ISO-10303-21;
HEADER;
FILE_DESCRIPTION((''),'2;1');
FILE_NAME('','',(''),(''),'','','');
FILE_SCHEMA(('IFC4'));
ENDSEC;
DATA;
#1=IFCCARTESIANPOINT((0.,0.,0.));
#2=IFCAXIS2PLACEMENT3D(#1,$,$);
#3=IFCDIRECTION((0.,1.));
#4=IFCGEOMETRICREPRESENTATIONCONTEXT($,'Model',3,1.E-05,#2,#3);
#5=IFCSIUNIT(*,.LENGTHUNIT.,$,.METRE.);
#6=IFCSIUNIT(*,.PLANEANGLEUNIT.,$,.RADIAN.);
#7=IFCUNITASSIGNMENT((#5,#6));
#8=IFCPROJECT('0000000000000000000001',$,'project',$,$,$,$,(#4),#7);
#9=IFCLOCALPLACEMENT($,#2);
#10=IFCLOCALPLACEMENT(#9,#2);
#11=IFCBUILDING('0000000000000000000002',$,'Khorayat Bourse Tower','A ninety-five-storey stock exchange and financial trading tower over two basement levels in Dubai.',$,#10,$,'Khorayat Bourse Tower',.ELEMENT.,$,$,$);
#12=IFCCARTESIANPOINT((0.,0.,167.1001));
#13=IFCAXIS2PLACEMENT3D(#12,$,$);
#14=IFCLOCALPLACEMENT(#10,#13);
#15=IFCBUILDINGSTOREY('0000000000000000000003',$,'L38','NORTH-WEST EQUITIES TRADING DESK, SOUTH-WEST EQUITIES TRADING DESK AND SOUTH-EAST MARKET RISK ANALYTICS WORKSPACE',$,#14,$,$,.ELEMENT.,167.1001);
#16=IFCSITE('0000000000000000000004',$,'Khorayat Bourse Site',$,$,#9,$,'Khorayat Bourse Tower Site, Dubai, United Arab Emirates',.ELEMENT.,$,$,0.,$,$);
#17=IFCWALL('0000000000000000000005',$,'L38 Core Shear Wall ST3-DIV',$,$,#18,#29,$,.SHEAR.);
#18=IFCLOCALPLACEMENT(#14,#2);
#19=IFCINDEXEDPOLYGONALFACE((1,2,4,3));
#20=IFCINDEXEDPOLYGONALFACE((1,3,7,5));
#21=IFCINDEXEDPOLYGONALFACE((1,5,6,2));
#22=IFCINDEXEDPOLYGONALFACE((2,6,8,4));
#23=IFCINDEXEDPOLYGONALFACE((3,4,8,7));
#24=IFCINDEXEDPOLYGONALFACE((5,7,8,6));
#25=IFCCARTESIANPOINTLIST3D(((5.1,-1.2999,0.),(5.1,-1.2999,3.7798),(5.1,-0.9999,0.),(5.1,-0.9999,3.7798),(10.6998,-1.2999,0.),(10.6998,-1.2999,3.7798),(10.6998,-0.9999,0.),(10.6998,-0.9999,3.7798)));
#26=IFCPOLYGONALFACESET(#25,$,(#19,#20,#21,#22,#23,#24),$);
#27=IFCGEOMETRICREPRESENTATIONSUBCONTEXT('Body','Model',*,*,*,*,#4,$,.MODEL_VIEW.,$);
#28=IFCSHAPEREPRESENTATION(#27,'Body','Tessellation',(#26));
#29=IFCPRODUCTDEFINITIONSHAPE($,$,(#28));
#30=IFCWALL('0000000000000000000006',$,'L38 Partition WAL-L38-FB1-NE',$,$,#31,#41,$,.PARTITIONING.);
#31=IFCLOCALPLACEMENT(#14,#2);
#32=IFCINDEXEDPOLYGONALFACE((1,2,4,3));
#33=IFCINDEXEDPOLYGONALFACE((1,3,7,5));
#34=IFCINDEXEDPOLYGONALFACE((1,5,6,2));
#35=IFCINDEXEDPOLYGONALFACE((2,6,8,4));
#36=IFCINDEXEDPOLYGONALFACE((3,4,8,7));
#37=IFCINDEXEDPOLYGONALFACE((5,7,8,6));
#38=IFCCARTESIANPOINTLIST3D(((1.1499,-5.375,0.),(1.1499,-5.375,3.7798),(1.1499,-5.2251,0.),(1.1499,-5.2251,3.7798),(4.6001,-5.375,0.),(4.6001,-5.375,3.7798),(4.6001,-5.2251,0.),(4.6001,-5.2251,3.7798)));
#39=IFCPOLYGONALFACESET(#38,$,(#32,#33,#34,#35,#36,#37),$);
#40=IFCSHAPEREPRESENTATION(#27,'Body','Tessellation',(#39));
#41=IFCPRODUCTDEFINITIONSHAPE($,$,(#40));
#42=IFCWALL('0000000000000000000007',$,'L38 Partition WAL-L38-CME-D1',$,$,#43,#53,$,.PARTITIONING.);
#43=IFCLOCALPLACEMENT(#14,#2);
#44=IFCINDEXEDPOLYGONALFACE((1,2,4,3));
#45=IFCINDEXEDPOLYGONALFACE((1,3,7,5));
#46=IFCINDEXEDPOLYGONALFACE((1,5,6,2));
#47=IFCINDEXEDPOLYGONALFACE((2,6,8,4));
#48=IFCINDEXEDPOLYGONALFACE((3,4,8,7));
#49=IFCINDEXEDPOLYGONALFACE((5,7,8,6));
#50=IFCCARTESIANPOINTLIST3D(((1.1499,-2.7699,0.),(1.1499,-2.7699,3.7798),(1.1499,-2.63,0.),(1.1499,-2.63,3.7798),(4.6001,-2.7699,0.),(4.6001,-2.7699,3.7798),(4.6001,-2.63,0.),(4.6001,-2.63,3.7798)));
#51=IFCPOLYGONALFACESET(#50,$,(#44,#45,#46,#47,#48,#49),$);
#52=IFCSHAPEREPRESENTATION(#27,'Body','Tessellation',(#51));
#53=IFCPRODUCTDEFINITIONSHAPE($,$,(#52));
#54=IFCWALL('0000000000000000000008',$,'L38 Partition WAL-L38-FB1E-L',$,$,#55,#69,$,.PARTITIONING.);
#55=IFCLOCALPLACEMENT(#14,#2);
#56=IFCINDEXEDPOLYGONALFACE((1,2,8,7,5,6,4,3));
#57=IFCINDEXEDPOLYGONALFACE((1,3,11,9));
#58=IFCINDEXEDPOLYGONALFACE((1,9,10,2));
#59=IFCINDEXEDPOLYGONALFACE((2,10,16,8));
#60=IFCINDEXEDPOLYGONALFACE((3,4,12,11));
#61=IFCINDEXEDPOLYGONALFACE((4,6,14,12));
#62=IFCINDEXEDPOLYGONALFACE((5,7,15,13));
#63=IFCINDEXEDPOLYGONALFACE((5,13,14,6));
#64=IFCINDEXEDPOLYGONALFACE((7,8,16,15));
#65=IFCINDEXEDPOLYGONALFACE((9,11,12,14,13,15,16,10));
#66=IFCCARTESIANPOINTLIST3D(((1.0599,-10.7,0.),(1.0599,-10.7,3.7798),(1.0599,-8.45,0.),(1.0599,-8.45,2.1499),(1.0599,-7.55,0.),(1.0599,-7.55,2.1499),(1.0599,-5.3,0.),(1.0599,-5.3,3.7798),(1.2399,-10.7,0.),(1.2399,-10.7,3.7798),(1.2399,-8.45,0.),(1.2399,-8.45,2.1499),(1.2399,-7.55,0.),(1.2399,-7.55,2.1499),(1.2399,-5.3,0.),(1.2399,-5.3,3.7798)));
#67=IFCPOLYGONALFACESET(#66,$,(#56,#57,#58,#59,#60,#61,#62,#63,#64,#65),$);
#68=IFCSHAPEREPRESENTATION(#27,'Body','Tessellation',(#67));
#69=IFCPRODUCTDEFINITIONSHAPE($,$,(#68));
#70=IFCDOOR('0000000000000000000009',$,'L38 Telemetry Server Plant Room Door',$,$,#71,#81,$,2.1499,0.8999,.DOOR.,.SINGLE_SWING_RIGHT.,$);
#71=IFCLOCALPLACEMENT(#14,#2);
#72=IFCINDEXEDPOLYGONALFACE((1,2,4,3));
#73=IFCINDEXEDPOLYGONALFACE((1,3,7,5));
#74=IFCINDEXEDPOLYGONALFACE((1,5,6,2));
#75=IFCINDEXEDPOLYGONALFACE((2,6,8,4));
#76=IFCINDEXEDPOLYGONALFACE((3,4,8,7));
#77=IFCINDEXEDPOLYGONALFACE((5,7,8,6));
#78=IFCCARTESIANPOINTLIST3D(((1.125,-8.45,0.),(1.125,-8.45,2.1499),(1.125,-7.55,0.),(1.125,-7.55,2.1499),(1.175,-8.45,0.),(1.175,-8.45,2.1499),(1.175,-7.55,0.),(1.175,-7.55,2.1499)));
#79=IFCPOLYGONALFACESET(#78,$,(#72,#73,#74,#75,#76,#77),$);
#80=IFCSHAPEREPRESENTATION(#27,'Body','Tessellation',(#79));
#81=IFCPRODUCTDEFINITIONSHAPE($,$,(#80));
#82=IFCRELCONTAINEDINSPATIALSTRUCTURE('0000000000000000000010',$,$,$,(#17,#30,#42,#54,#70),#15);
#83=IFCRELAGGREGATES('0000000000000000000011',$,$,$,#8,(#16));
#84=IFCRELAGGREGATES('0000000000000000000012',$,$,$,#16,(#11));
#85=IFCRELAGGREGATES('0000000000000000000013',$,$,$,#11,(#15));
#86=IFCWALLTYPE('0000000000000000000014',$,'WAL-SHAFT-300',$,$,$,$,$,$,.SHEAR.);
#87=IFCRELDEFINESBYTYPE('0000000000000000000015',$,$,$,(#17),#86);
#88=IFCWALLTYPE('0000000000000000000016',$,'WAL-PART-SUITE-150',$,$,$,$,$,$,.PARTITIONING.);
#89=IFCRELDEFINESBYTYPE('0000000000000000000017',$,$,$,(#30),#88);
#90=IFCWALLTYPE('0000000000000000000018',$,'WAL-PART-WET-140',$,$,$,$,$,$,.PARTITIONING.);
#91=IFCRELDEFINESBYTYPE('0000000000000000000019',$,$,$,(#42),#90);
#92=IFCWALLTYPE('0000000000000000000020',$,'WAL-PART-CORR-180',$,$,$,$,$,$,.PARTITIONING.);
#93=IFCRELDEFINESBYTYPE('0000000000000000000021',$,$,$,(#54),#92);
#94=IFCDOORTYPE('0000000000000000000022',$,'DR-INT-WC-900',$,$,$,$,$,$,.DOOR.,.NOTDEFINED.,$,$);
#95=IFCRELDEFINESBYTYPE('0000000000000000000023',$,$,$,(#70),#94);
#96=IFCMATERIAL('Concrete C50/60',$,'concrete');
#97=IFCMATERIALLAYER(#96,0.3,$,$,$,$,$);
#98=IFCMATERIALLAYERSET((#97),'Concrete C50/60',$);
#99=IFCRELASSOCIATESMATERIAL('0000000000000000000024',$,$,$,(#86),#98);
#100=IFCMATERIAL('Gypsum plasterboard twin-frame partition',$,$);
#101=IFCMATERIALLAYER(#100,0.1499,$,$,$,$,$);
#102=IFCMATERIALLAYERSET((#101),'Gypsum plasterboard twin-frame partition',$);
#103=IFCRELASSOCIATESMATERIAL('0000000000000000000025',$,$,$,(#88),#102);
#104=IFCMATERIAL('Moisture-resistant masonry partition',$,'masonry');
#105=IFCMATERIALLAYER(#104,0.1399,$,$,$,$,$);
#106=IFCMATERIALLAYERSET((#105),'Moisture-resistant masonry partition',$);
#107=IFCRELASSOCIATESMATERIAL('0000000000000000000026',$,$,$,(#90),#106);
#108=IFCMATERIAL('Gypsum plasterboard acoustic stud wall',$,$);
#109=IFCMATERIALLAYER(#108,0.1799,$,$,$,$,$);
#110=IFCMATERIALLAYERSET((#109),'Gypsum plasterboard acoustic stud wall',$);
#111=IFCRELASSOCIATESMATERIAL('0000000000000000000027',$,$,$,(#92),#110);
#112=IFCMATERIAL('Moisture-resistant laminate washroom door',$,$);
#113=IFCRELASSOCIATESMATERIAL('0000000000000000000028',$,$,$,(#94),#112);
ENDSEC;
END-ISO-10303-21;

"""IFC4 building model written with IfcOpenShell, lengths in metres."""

from ifc_helpers import new_model, si_unit, direction, frame, frame_2d, origin, place, context, subcontext, project, spatial, rectangle, extrude, source, transform, mapped, material, layer, layer_set, type_object, element, fill, save


model = new_model("IFC4")

# Units and contexts
model_context = context("Model", 3, precision=1e-05, world=origin(), true_north=direction((0.0, 1.0)))
body_context = subcontext(model_context, "Body", "Model", "MODEL_VIEW")
ifc_project = project(units=[si_unit("LENGTHUNIT", "METRE"), si_unit("PLANEANGLEUNIT", "RADIAN")], contexts=[model_context])

# Site, building, storey
site_placement = place(None, origin())
site = spatial("IfcSite", under=ifc_project, at=site_placement, Name="Khorayat Bourse Site", LongName="Khorayat Bourse Tower Site, Dubai, United Arab Emirates", CompositionType="ELEMENT", RefElevation=0.0)
building_placement = place(site_placement, origin())
building = spatial("IfcBuilding", under=site, at=building_placement, Name="Khorayat Bourse Tower", Description="A ninety-five-storey stock exchange and financial trading tower over two basement levels in Dubai.", LongName="Khorayat Bourse Tower", CompositionType="ELEMENT")
storey_placement = place(building_placement, frame((0.0, 0.0, 167.1001)))
storey = spatial("IfcBuildingStorey", under=building, at=storey_placement, Name="L38", Description="NORTH-WEST EQUITIES TRADING DESK, SOUTH-WEST EQUITIES TRADING DESK AND SOUTH-EAST MARKET RISK ANALYTICS WORKSPACE", CompositionType="ELEMENT", Elevation=167.1001)

# Walls
ifc_material_1 = material(Name="Concrete C50/60", Category="concrete")
ifc_layer_1 = layer(ifc_material_1, 0.3)
ifc_layer_set_1 = layer_set([ifc_layer_1], Name="Concrete C50/60")
wall_type_1 = type_object("IfcWallType", Name="WAL-SHAFT-300", PredefinedType="SHEAR", material=ifc_layer_set_1)
shared_shape_1 = source(origin(), body_context, "Body", "SweptSolid", [
    extrude(rectangle(XDim=5.5999, YDim=0.3, at=frame_2d((2.7998, 0.0))), origin(), (0.0, 0.0, 1.0), 3.7798),
])
wall_1_placement = place(storey_placement, frame((5.1001, -1.1499, 0.0), z_axis=(0.0, 0.0, 1.0), x_axis=(1.0, 0.0, 0.0)))
element("IfcWall", 1, at=wall_1_placement, inside=storey, type_object=wall_type_1, Name="L38 Core Shear Wall ST3-DIV", PredefinedType="SHEAR", context=body_context, shape_type="MappedRepresentation", body=[
    mapped(shared_shape_1, transform((0.0, 0.0, 0.0), scale=1.0)),
])
ifc_material_2 = material(Name="Gypsum plasterboard twin-frame partition")
ifc_layer_2 = layer(ifc_material_2, 0.1499)
ifc_layer_set_2 = layer_set([ifc_layer_2], Name="Gypsum plasterboard twin-frame partition")
wall_type_2 = type_object("IfcWallType", Name="WAL-PART-SUITE-150", PredefinedType="PARTITIONING", material=ifc_layer_set_2)
shared_shape_2 = source(origin(), body_context, "Body", "SweptSolid", [
    extrude(rectangle(XDim=3.4502, YDim=0.1499, at=frame_2d((1.7251, 0.0))), origin(), (0.0, 0.0, 1.0), 3.7798),
])
wall_2_placement = place(storey_placement, frame((1.1499, -5.3, 0.0), z_axis=(0.0, 0.0, 1.0), x_axis=(1.0, 0.0, 0.0)))
element("IfcWall", 2, at=wall_2_placement, inside=storey, type_object=wall_type_2, Name="L38 Partition WAL-L38-FB1-NE", PredefinedType="PARTITIONING", context=body_context, shape_type="MappedRepresentation", body=[
    mapped(shared_shape_2, transform((0.0, 0.0, 0.0), scale=1.0)),
])
ifc_material_3 = material(Name="Moisture-resistant masonry partition", Category="masonry")
ifc_layer_3 = layer(ifc_material_3, 0.1399)
ifc_layer_set_3 = layer_set([ifc_layer_3], Name="Moisture-resistant masonry partition")
wall_type_3 = type_object("IfcWallType", Name="WAL-PART-WET-140", PredefinedType="PARTITIONING", material=ifc_layer_set_3)
shared_shape_3 = source(origin(), body_context, "Body", "SweptSolid", [
    extrude(rectangle(XDim=3.4502, YDim=0.1399, at=frame_2d((1.7251, 0.0))), origin(), (0.0, 0.0, 1.0), 3.7798),
])
wall_3_placement = place(storey_placement, frame((1.1499, -2.7, 0.0), z_axis=(0.0, 0.0, 1.0), x_axis=(1.0, 0.0, 0.0)))
element("IfcWall", 3, at=wall_3_placement, inside=storey, type_object=wall_type_3, Name="L38 Partition WAL-L38-CME-D1", PredefinedType="PARTITIONING", context=body_context, shape_type="MappedRepresentation", body=[
    mapped(shared_shape_3, transform((0.0, 0.0, 0.0), scale=1.0)),
])

# Shared definitions
ifc_material_4 = material(Name="Gypsum plasterboard acoustic stud wall")
ifc_layer_4 = layer(ifc_material_4, 0.1799)
ifc_layer_set_4 = layer_set([ifc_layer_4], Name="Gypsum plasterboard acoustic stud wall")
wall_type_4 = type_object("IfcWallType", Name="WAL-PART-CORR-180", PredefinedType="PARTITIONING", material=ifc_layer_set_4)
shared_shape_4 = source(origin(), body_context, "Body", "SweptSolid", [
    extrude(rectangle(XDim=5.3999, YDim=0.1799, at=frame_2d((2.7, 0.0))), origin(), (0.0, 0.0, 1.0), 3.7798),
])
shared_shape_5 = source(origin(), body_context, "Body", "SweptSolid", [
    extrude(rectangle(XDim=0.8999, YDim=2.1499, at=frame_2d((0.45, 1.075))), frame((0.0, 0.0999, 0.0), z_axis=(0.0, -1.0, 0.0), x_axis=(1.0, 0.0, 0.0)), (0.0, 0.0, 1.0), 0.2),
])
ifc_material_5 = material(Name="Moisture-resistant laminate washroom door")
door_type = type_object("IfcDoorType", Name="DR-INT-WC-900", OperationType="NOTDEFINED", PredefinedType="DOOR", material=ifc_material_5)
shared_shape_6 = source(origin(), body_context, "Body", "SweptSolid", [
    extrude(rectangle(XDim=0.8999, YDim=2.1499, at=frame_2d((0.45, 1.075))), frame((0.0, 0.0249, 0.0), z_axis=(0.0, -1.0, 0.0), x_axis=(1.0, 0.0, 0.0)), (0.0, 0.0, 1.0), 0.05),
])

# Wall, opening, door
wall_4_placement = place(storey_placement, frame((1.1499, -10.7, 0.0), z_axis=(0.0, 0.0, 1.0), x_axis=(0.0, 1.0, 0.0)))
wall_4 = element("IfcWall", 4, at=wall_4_placement, inside=storey, type_object=wall_type_4, Name="L38 Partition WAL-L38-FB1E-L", PredefinedType="PARTITIONING", context=body_context, shape_type="MappedRepresentation", body=[
    mapped(shared_shape_4, transform((0.0, 0.0, 0.0), scale=1.0)),
])
opening_1_placement = place(wall_4_placement, frame((2.25, 0.0, 0.0)))
opening_1 = element("IfcOpeningElement", 5, at=opening_1_placement, cuts=wall_4, PredefinedType="OPENING", context=body_context, shape_type="MappedRepresentation", body=[
    mapped(shared_shape_5, transform((0.0, 0.0, 0.0), scale=1.0)),
])
door_1_placement = place(opening_1_placement, origin())
door_1 = element("IfcDoor", 6, at=door_1_placement, inside=storey, type_object=door_type, Name="L38 Telemetry Server Plant Room Door", OperationType="SINGLE_SWING_RIGHT", OverallHeight=2.1499, OverallWidth=0.8999, PredefinedType="DOOR", context=body_context, shape_type="MappedRepresentation", body=[
    mapped(shared_shape_6, transform((0.0, 0.0, 0.0), scale=1.0)),
])
fill(opening_1, door_1)

save(model, "model.ifc")
